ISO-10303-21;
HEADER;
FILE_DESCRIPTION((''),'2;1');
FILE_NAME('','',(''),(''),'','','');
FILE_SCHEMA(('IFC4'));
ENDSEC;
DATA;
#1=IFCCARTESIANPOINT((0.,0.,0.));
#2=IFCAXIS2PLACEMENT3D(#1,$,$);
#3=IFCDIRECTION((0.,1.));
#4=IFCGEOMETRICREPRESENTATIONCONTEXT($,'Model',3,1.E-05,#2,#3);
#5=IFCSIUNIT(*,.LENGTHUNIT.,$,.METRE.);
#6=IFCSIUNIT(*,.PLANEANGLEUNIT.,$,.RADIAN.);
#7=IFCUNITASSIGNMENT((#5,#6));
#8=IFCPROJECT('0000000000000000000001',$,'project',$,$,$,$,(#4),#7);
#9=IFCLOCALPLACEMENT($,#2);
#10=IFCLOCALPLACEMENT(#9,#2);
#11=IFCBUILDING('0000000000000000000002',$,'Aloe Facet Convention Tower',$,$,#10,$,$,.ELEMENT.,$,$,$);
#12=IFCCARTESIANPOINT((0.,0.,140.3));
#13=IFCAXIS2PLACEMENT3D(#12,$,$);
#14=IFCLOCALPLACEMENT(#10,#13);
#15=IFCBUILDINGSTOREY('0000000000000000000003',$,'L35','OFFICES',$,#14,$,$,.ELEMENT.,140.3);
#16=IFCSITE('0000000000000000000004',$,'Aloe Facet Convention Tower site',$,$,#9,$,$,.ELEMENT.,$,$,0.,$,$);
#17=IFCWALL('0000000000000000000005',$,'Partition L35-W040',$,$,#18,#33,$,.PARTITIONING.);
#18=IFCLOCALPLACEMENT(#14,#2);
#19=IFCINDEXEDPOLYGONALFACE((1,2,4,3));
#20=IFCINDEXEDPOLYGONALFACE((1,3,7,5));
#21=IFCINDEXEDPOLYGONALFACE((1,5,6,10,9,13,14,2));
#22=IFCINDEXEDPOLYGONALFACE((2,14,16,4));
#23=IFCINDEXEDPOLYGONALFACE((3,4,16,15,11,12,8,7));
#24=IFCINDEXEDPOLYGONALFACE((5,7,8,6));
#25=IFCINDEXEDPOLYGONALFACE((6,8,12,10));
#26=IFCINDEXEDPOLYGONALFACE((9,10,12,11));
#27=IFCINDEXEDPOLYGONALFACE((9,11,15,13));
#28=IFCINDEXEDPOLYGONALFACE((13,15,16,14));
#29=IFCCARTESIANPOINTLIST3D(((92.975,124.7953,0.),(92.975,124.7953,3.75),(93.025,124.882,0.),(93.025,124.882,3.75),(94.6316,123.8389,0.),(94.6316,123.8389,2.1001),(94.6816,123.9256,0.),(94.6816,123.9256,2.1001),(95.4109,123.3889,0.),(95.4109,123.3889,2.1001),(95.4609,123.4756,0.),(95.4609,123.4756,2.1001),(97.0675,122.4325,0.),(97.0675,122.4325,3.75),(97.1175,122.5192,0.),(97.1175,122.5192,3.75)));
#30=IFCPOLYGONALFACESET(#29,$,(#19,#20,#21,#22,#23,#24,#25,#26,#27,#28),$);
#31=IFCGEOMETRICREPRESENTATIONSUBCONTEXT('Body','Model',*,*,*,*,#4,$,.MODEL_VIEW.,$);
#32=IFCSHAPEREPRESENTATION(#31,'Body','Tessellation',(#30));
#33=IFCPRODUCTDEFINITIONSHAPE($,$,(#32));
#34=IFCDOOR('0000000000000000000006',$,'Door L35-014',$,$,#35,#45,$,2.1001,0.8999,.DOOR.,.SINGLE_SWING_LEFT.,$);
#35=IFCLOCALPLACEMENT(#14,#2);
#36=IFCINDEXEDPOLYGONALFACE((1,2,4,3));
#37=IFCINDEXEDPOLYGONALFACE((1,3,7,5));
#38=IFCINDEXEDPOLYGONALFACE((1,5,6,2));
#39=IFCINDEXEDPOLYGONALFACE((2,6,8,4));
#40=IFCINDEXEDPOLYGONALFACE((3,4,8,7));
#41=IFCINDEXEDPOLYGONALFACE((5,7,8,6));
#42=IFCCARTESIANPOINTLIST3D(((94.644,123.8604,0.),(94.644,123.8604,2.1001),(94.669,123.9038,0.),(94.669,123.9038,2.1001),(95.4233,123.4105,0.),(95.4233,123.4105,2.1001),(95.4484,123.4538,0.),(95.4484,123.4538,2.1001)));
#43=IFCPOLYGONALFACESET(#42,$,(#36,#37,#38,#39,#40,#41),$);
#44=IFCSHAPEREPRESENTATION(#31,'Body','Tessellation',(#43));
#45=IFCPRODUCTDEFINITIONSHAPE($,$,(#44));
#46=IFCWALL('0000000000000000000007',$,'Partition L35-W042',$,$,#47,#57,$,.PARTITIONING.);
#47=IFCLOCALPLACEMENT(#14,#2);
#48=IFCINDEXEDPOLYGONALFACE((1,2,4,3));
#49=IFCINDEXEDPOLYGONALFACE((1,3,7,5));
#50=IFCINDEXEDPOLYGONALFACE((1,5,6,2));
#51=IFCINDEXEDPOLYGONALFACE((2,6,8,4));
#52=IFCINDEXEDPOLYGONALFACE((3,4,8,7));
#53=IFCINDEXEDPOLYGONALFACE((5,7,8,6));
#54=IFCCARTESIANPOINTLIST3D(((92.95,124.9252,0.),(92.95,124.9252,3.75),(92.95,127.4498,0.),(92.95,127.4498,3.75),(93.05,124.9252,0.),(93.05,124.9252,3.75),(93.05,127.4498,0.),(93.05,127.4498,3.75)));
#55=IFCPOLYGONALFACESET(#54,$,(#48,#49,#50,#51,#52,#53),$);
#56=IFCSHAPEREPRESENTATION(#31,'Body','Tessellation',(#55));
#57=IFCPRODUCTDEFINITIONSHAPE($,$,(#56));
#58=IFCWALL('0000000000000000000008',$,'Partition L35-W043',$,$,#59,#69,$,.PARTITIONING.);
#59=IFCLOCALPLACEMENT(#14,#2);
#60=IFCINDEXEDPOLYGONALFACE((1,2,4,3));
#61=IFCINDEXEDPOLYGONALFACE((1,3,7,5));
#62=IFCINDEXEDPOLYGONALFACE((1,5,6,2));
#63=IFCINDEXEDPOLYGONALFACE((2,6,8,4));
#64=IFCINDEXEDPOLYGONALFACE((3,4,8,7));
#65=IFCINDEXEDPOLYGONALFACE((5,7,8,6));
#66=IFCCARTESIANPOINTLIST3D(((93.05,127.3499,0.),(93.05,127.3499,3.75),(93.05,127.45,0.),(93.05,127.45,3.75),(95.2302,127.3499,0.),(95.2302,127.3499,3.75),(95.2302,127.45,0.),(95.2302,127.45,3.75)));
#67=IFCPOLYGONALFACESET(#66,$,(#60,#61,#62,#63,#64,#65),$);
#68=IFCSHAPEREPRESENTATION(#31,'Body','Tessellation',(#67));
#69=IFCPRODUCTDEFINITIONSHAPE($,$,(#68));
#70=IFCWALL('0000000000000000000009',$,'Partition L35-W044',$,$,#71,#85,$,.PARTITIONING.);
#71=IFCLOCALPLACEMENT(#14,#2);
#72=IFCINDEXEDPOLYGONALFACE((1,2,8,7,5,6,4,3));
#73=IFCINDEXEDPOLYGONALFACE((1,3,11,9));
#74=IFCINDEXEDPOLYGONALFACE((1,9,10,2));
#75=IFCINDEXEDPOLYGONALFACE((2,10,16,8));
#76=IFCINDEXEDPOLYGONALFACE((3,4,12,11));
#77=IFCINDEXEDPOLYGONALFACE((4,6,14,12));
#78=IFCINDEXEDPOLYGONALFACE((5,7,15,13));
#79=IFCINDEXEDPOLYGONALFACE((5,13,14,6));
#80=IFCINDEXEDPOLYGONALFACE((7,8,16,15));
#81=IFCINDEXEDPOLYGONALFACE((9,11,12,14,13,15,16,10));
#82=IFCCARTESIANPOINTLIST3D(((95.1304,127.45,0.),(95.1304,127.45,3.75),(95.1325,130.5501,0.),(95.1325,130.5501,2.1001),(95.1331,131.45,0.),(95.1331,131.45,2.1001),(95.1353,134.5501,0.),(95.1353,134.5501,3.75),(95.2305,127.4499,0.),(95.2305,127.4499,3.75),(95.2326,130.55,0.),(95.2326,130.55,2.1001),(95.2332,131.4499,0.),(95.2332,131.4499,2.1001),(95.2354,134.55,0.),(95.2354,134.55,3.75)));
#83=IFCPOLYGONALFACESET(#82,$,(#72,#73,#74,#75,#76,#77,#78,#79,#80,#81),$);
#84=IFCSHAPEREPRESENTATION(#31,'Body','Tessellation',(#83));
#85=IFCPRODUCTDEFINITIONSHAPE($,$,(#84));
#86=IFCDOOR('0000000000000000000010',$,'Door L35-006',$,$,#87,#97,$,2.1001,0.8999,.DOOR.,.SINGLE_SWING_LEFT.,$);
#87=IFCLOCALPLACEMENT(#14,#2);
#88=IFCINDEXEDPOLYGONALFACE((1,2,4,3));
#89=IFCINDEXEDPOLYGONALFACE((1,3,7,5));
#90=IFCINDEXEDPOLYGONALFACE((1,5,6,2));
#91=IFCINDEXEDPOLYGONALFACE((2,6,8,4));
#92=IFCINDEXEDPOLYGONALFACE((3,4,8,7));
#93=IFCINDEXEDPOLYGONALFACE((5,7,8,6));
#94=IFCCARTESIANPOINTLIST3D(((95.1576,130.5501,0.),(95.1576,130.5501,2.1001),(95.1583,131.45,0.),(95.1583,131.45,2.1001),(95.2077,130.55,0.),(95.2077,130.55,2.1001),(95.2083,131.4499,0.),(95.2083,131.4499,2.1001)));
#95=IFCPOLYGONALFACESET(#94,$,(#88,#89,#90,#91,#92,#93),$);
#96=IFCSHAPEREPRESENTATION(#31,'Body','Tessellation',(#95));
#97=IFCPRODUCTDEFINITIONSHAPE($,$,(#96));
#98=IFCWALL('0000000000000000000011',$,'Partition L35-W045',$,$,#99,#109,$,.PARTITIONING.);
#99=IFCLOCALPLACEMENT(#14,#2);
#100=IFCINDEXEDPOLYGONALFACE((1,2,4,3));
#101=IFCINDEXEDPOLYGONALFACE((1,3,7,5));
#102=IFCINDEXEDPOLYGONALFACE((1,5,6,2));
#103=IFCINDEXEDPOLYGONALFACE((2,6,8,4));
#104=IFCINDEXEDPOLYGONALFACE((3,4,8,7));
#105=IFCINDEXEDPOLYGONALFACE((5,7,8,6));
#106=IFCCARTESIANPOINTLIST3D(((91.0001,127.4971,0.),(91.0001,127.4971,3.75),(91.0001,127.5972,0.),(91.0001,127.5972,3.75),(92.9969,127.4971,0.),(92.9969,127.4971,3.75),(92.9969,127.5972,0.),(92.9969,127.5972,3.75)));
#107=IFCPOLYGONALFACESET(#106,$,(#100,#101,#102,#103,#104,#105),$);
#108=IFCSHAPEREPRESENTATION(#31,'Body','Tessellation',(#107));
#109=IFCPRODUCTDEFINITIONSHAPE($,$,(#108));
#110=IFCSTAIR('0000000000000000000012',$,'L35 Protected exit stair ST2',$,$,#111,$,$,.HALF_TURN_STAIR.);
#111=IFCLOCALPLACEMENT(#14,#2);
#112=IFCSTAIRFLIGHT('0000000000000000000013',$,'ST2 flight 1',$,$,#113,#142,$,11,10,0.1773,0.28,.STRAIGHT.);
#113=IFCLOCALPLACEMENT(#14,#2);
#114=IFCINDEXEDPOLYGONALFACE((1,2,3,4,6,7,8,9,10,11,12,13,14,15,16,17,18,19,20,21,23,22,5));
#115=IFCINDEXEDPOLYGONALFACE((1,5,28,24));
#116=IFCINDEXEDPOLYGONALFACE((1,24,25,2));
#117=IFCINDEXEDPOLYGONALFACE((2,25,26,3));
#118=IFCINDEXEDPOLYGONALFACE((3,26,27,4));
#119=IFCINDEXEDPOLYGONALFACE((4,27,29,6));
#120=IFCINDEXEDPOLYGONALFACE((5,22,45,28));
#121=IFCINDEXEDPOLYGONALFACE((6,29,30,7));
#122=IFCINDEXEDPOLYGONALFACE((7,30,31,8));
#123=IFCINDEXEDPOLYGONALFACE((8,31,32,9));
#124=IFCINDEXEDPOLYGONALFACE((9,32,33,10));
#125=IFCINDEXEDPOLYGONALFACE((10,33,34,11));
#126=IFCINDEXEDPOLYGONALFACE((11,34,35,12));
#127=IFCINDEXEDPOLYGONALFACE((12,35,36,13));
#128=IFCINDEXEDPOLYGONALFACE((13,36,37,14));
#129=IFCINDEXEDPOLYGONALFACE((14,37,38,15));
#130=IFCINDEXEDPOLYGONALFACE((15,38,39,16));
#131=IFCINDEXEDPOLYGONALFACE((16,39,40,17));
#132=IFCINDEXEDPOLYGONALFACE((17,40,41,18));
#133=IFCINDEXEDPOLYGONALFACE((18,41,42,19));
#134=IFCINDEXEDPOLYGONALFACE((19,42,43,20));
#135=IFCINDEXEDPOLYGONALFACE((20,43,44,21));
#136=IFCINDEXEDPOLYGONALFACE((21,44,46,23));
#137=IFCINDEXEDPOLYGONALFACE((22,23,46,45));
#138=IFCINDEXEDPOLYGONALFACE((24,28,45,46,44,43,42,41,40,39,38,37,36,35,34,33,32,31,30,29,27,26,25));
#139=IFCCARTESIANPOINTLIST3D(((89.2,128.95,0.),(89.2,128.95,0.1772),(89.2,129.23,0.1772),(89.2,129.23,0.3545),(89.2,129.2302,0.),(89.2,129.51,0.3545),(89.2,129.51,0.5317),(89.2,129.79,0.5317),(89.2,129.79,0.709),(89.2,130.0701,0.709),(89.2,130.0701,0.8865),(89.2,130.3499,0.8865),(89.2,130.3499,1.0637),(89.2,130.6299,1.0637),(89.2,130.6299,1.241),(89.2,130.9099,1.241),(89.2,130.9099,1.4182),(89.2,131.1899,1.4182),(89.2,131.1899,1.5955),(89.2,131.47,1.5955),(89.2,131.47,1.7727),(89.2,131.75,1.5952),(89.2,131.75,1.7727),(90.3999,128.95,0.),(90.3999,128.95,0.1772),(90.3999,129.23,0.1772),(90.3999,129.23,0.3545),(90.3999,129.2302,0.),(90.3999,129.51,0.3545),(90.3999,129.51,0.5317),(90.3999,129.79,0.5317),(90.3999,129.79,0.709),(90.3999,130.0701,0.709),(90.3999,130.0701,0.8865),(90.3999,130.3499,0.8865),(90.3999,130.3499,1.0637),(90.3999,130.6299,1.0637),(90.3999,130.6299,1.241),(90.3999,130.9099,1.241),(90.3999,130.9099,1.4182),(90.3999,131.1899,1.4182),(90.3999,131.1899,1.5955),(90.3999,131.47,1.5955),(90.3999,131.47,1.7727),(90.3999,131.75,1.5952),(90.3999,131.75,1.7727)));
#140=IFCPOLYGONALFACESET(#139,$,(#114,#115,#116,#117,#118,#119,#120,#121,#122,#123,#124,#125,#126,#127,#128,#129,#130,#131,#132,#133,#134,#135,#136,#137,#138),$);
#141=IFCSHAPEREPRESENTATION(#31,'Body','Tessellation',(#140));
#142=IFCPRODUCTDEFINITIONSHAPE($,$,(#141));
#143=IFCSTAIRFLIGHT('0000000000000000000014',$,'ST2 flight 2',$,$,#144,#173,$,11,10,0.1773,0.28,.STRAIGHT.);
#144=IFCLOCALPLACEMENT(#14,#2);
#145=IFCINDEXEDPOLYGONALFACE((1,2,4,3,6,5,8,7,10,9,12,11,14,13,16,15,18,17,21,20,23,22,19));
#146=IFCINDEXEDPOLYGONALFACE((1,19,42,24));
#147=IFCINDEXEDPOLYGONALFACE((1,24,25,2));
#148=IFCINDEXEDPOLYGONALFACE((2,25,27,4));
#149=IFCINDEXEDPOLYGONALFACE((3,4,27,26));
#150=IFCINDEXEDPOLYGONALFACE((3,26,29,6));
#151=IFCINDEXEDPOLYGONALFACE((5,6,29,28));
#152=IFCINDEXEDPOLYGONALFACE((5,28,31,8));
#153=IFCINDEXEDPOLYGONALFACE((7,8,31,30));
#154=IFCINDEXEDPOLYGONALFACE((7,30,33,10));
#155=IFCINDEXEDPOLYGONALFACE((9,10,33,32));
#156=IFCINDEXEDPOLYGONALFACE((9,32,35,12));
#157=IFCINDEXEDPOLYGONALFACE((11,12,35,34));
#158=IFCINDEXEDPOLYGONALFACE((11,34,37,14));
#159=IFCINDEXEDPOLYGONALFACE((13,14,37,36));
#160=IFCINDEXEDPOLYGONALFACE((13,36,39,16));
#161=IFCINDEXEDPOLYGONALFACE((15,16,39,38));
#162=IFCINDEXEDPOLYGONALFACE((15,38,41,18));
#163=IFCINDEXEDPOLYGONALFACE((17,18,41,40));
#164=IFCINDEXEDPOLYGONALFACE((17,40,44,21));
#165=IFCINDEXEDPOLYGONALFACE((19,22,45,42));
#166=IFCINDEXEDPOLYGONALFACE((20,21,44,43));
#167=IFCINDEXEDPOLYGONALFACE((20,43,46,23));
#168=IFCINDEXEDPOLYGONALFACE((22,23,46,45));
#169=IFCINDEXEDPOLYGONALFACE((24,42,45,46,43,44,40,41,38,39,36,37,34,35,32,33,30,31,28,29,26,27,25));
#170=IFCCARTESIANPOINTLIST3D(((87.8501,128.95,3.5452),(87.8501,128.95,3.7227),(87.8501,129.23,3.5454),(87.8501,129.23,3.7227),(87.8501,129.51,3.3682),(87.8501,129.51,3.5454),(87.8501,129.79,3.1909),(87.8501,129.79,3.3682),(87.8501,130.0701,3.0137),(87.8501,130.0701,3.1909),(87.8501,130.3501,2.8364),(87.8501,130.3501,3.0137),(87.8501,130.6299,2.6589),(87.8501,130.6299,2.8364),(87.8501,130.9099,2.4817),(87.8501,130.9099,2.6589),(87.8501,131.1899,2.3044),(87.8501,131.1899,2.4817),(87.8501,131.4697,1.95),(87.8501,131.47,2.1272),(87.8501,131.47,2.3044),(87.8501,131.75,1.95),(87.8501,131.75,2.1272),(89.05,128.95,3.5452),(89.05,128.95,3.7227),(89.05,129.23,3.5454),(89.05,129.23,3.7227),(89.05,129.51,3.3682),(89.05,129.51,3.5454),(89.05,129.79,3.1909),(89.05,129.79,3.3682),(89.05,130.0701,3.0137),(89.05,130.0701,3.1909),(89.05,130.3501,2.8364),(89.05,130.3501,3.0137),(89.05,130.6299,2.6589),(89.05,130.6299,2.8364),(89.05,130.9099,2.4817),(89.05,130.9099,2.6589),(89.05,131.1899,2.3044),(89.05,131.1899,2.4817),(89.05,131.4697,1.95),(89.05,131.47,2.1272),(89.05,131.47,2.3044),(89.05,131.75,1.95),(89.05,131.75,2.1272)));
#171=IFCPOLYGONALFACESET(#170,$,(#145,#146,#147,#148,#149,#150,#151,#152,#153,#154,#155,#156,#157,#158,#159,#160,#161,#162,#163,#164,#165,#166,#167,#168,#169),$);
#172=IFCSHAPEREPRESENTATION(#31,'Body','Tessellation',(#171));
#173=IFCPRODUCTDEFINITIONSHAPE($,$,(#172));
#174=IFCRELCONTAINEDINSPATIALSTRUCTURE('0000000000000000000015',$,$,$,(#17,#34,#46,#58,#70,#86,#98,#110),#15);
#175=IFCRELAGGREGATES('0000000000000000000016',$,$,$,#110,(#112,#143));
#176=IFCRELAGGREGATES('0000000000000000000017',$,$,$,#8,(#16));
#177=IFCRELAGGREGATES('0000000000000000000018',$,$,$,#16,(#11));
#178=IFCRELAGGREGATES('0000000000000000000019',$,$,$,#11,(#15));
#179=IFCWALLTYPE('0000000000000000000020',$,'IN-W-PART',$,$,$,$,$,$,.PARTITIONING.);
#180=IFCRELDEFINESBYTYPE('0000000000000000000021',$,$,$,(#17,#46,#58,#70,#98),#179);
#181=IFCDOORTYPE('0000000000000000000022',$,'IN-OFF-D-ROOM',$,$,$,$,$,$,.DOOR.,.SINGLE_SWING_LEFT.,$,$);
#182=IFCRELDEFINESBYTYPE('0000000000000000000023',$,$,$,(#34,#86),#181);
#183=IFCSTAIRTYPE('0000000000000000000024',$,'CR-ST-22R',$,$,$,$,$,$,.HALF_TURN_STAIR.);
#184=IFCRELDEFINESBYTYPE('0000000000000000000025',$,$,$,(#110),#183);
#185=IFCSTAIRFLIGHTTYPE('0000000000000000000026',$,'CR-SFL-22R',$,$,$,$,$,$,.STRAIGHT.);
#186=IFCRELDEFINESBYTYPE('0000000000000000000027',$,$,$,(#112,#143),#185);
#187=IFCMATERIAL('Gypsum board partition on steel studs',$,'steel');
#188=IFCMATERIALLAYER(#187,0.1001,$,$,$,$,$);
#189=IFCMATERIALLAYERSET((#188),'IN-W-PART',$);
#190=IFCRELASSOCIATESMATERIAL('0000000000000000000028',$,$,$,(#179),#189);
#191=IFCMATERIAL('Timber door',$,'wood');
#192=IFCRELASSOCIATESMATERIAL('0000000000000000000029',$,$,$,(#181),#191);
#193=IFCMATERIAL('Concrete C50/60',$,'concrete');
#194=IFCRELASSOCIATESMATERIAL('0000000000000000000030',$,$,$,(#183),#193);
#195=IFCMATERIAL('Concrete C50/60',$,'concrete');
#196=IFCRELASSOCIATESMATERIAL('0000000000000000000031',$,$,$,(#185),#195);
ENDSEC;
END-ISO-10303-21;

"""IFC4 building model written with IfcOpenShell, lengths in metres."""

from ifc_helpers import new_model, si_unit, direction, frame, frame_2d, origin, place, context, subcontext, project, spatial, polyline, rectangle, outline, extrude, material, layer, layer_set, type_object, element, fill, aggregate, save


model = new_model("IFC4")

# Units and contexts
model_context = context("Model", 3, precision=1e-05, world=origin(), true_north=direction((0.0, 1.0)))
body_context = subcontext(model_context, "Body", "Model", "MODEL_VIEW")
ifc_project = project(units=[si_unit("LENGTHUNIT", "METRE"), si_unit("PLANEANGLEUNIT", "RADIAN")], contexts=[model_context])

# Site, building, storey
site_placement = place(None, origin())
site = spatial("IfcSite", under=ifc_project, at=site_placement, Name="Aloe Facet Convention Tower site", CompositionType="ELEMENT", RefElevation=0.0)
building_placement = place(site_placement, origin())
building = spatial("IfcBuilding", under=site, at=building_placement, Name="Aloe Facet Convention Tower", CompositionType="ELEMENT")
storey_placement = place(building_placement, frame((0.0, 0.0, 140.3)))
storey = spatial("IfcBuildingStorey", under=building, at=storey_placement, Name="L35", Description="OFFICES", CompositionType="ELEMENT", Elevation=140.3)

# Wall, opening, door
ifc_material_1 = material(Name="Gypsum board partition on steel studs", Category="steel")
ifc_layer_1 = layer(ifc_material_1, 0.1001)
ifc_layer_set_1 = layer_set([ifc_layer_1], Name="IN-W-PART")
wall_type_1 = type_object("IfcWallType", Name="IN-W-PART", PredefinedType="PARTITIONING", material=ifc_layer_set_1)
wall_1_placement = place(storey_placement, frame((93.0, 124.8386, 0.0), z_axis=(0.0, 0.0, 1.0), x_axis=(0.866028, -0.499995, 0.0)))
wall_1 = element("IfcWall", 1, at=wall_1_placement, inside=storey, type_object=wall_type_1, Name="Partition L35-W040", PredefinedType="PARTITIONING", context=body_context, shape_type="SweptSolid", body=[
    extrude(rectangle(XDim=4.7256, YDim=0.1001, at=frame_2d((2.3628, 0.0))), origin(), (0.0, 0.0, 1.0), 3.75),
])
opening_1_placement = place(wall_1_placement, frame((1.9128, 0.0, 0.0)))
opening_1 = element("IfcOpeningElement", 2, at=opening_1_placement, cuts=wall_1, PredefinedType="OPENING", context=body_context, shape_type="SweptSolid", body=[
    extrude(rectangle(XDim=0.8999, YDim=2.1001, at=frame_2d((0.45, 1.05))), frame((0.0, 0.0601, 0.0), z_axis=(0.0, -1.0, 0.0), x_axis=(1.0, 0.0, 0.0)), (0.0, 0.0, 1.0), 0.1201),
])
ifc_material_2 = material(Name="Timber door", Category="wood")
door_type = type_object("IfcDoorType", Name="IN-OFF-D-ROOM", OperationType="SINGLE_SWING_LEFT", PredefinedType="DOOR", material=ifc_material_2)
door_1_placement = place(opening_1_placement, origin())
door_1 = element("IfcDoor", 3, at=door_1_placement, inside=storey, type_object=door_type, Name="Door L35-014", OperationType="SINGLE_SWING_LEFT", OverallHeight=2.1001, OverallWidth=0.8999, PredefinedType="DOOR", context=body_context, shape_type="SweptSolid", body=[
    extrude(rectangle(XDim=0.8999, YDim=2.1001, at=frame_2d((0.45, 1.05))), frame((0.0, 0.0249, 0.0), z_axis=(0.0, -1.0, 0.0), x_axis=(1.0, 0.0, 0.0)), (0.0, 0.0, 1.0), 0.05),
])
fill(opening_1, door_1)

# Walls
wall_2_placement = place(storey_placement, frame((93.0, 124.9253, 0.0), z_axis=(0.0, 0.0, 1.0), x_axis=(0.0, 1.0, 0.0)))
element("IfcWall", 4, at=wall_2_placement, inside=storey, type_object=wall_type_1, Name="Partition L35-W042", PredefinedType="PARTITIONING", context=body_context, shape_type="SweptSolid", body=[
    extrude(rectangle(XDim=2.5247, YDim=0.1001, at=frame_2d((1.2622, 0.0))), origin(), (0.0, 0.0, 1.0), 3.75),
])
wall_3_placement = place(storey_placement, frame((93.05, 127.3999, 0.0), z_axis=(0.0, 0.0, 1.0), x_axis=(1.0, 0.0, 0.0)))
element("IfcWall", 5, at=wall_3_placement, inside=storey, type_object=wall_type_1, Name="Partition L35-W043", PredefinedType="PARTITIONING", context=body_context, shape_type="SweptSolid", body=[
    extrude(rectangle(XDim=2.1802, YDim=0.1001, at=frame_2d((1.0901, 0.0))), origin(), (0.0, 0.0, 1.0), 3.75),
])

# Wall, opening, door
wall_4_placement = place(storey_placement, frame((95.1804, 127.45, 0.0), z_axis=(0.0, 0.0, 1.0), x_axis=(0.000688, 1.0, 0.0)))
wall_4 = element("IfcWall", 6, at=wall_4_placement, inside=storey, type_object=wall_type_1, Name="Partition L35-W044", PredefinedType="PARTITIONING", context=body_context, shape_type="SweptSolid", body=[
    extrude(rectangle(XDim=7.1001, YDim=0.1001, at=frame_2d((3.55, 0.0))), origin(), (0.0, 0.0, 1.0), 3.75),
])
opening_2_placement = place(wall_4_placement, frame((3.1001, 0.0, 0.0)))
opening_2 = element("IfcOpeningElement", 7, at=opening_2_placement, cuts=wall_4, PredefinedType="OPENING", context=body_context, shape_type="SweptSolid", body=[
    extrude(rectangle(XDim=0.8999, YDim=2.1001, at=frame_2d((0.45, 1.05))), frame((0.0, 0.0601, 0.0), z_axis=(0.0, -1.0, 0.0), x_axis=(1.0, 0.0, 0.0)), (0.0, 0.0, 1.0), 0.1201),
])
door_2_placement = place(opening_2_placement, origin())
door_2 = element("IfcDoor", 8, at=door_2_placement, inside=storey, type_object=door_type, Name="Door L35-006", OperationType="SINGLE_SWING_LEFT", OverallHeight=2.1001, OverallWidth=0.8999, PredefinedType="DOOR", context=body_context, shape_type="SweptSolid", body=[
    extrude(rectangle(XDim=0.8999, YDim=2.1001, at=frame_2d((0.45, 1.05))), frame((0.0, 0.0249, 0.0), z_axis=(0.0, -1.0, 0.0), x_axis=(1.0, 0.0, 0.0)), (0.0, 0.0, 1.0), 0.05),
])
fill(opening_2, door_2)

# Wall
wall_5_placement = place(storey_placement, frame((91.0, 127.5471, 0.0), z_axis=(0.0, 0.0, 1.0), x_axis=(1.0, 0.0, 0.0)))
element("IfcWall", 9, at=wall_5_placement, inside=storey, type_object=wall_type_1, Name="Partition L35-W045", PredefinedType="PARTITIONING", context=body_context, shape_type="SweptSolid", body=[
    extrude(rectangle(XDim=1.9968, YDim=0.1001, at=frame_2d((0.9985, 0.0))), origin(), (0.0, 0.0, 1.0), 3.75),
])

# Stair, stair flights
ifc_material_3 = material(Name="Concrete C50/60", Category="concrete")
stair_type = type_object("IfcStairType", Name="CR-ST-22R", PredefinedType="HALF_TURN_STAIR", material=ifc_material_3)
stair_placement = place(storey_placement, origin())
stair = element("IfcStair", 10, at=stair_placement, inside=storey, type_object=stair_type, Name="L35 Protected exit stair ST2", PredefinedType="HALF_TURN_STAIR")
ifc_material_4 = material(Name="Concrete C50/60", Category="concrete")
stair_flight_type = type_object("IfcStairFlightType", Name="CR-SFL-22R", PredefinedType="STRAIGHT", material=ifc_material_4)
stair_flight_1_placement = place(storey_placement, frame((89.8, 128.95, 0.0), z_axis=(0.0, 0.0, 1.0), x_axis=(0.0, 1.0, 0.0)))
stair_flight_1 = element("IfcStairFlight", 11, at=stair_flight_1_placement, type_object=stair_flight_type, Name="ST2 flight 1", NumberOfRisers=11, NumberOfTreads=10, PredefinedType="STRAIGHT", RiserHeight=0.1773, TreadLength=0.28, context=body_context, shape_type="SweptSolid", body=[
    extrude(outline(polyline([(0.0, 0.0), (0.0, 0.1772), (0.28, 0.1772), (0.28, 0.3545), (0.5601, 0.3545), (0.5601, 0.5317), (0.8401, 0.5317), (0.8401, 0.709), (1.1201, 0.709), (1.1201, 0.8865), (1.3999, 0.8865), (1.3999, 1.0637), (1.6799, 1.0637), (1.6799, 1.241), (1.96, 1.241), (1.96, 1.4182), (2.24, 1.4182), (2.24, 1.5955), (2.52, 1.5955), (2.52, 1.7727), (2.8, 1.7727), (2.8, 1.95), (2.8, 1.5952), (0.2803, 0.0), (0.0, 0.0)])), frame((0.0, 0.6001, 0.0), z_axis=(0.0, -1.0, 0.0), x_axis=(1.0, 0.0, 0.0)), (0.0, 0.0, 1.0), 1.2),
])
stair_flight_2_placement = place(storey_placement, frame((88.45, 131.75, 1.95), z_axis=(0.0, 0.0, 1.0), x_axis=(0.0, -1.0, 0.0)))
stair_flight_2 = element("IfcStairFlight", 12, at=stair_flight_2_placement, type_object=stair_flight_type, Name="ST2 flight 2", NumberOfRisers=11, NumberOfTreads=10, PredefinedType="STRAIGHT", RiserHeight=0.1773, TreadLength=0.28, context=body_context, shape_type="SweptSolid", body=[
    extrude(outline(polyline([(0.0, 0.0), (0.0, 0.1772), (0.28, 0.1772), (0.28, 0.3545), (0.5601, 0.3545), (0.5601, 0.5317), (0.8401, 0.5317), (0.8401, 0.709), (1.1201, 0.709), (1.1201, 0.8865), (1.3999, 0.8865), (1.3999, 1.0637), (1.6799, 1.0637), (1.6799, 1.241), (1.96, 1.241), (1.96, 1.4182), (2.24, 1.4182), (2.24, 1.5955), (2.52, 1.5955), (2.52, 1.7727), (2.8, 1.7727), (2.8, 1.95), (2.8, 1.5952), (0.2803, 0.0), (0.0, 0.0)])), frame((0.0, 0.6001, 0.0), z_axis=(0.0, -1.0, 0.0), x_axis=(1.0, 0.0, 0.0)), (0.0, 0.0, 1.0), 1.2),
])
aggregate(stair, [stair_flight_1, stair_flight_2])

save(model, "model.ifc")
